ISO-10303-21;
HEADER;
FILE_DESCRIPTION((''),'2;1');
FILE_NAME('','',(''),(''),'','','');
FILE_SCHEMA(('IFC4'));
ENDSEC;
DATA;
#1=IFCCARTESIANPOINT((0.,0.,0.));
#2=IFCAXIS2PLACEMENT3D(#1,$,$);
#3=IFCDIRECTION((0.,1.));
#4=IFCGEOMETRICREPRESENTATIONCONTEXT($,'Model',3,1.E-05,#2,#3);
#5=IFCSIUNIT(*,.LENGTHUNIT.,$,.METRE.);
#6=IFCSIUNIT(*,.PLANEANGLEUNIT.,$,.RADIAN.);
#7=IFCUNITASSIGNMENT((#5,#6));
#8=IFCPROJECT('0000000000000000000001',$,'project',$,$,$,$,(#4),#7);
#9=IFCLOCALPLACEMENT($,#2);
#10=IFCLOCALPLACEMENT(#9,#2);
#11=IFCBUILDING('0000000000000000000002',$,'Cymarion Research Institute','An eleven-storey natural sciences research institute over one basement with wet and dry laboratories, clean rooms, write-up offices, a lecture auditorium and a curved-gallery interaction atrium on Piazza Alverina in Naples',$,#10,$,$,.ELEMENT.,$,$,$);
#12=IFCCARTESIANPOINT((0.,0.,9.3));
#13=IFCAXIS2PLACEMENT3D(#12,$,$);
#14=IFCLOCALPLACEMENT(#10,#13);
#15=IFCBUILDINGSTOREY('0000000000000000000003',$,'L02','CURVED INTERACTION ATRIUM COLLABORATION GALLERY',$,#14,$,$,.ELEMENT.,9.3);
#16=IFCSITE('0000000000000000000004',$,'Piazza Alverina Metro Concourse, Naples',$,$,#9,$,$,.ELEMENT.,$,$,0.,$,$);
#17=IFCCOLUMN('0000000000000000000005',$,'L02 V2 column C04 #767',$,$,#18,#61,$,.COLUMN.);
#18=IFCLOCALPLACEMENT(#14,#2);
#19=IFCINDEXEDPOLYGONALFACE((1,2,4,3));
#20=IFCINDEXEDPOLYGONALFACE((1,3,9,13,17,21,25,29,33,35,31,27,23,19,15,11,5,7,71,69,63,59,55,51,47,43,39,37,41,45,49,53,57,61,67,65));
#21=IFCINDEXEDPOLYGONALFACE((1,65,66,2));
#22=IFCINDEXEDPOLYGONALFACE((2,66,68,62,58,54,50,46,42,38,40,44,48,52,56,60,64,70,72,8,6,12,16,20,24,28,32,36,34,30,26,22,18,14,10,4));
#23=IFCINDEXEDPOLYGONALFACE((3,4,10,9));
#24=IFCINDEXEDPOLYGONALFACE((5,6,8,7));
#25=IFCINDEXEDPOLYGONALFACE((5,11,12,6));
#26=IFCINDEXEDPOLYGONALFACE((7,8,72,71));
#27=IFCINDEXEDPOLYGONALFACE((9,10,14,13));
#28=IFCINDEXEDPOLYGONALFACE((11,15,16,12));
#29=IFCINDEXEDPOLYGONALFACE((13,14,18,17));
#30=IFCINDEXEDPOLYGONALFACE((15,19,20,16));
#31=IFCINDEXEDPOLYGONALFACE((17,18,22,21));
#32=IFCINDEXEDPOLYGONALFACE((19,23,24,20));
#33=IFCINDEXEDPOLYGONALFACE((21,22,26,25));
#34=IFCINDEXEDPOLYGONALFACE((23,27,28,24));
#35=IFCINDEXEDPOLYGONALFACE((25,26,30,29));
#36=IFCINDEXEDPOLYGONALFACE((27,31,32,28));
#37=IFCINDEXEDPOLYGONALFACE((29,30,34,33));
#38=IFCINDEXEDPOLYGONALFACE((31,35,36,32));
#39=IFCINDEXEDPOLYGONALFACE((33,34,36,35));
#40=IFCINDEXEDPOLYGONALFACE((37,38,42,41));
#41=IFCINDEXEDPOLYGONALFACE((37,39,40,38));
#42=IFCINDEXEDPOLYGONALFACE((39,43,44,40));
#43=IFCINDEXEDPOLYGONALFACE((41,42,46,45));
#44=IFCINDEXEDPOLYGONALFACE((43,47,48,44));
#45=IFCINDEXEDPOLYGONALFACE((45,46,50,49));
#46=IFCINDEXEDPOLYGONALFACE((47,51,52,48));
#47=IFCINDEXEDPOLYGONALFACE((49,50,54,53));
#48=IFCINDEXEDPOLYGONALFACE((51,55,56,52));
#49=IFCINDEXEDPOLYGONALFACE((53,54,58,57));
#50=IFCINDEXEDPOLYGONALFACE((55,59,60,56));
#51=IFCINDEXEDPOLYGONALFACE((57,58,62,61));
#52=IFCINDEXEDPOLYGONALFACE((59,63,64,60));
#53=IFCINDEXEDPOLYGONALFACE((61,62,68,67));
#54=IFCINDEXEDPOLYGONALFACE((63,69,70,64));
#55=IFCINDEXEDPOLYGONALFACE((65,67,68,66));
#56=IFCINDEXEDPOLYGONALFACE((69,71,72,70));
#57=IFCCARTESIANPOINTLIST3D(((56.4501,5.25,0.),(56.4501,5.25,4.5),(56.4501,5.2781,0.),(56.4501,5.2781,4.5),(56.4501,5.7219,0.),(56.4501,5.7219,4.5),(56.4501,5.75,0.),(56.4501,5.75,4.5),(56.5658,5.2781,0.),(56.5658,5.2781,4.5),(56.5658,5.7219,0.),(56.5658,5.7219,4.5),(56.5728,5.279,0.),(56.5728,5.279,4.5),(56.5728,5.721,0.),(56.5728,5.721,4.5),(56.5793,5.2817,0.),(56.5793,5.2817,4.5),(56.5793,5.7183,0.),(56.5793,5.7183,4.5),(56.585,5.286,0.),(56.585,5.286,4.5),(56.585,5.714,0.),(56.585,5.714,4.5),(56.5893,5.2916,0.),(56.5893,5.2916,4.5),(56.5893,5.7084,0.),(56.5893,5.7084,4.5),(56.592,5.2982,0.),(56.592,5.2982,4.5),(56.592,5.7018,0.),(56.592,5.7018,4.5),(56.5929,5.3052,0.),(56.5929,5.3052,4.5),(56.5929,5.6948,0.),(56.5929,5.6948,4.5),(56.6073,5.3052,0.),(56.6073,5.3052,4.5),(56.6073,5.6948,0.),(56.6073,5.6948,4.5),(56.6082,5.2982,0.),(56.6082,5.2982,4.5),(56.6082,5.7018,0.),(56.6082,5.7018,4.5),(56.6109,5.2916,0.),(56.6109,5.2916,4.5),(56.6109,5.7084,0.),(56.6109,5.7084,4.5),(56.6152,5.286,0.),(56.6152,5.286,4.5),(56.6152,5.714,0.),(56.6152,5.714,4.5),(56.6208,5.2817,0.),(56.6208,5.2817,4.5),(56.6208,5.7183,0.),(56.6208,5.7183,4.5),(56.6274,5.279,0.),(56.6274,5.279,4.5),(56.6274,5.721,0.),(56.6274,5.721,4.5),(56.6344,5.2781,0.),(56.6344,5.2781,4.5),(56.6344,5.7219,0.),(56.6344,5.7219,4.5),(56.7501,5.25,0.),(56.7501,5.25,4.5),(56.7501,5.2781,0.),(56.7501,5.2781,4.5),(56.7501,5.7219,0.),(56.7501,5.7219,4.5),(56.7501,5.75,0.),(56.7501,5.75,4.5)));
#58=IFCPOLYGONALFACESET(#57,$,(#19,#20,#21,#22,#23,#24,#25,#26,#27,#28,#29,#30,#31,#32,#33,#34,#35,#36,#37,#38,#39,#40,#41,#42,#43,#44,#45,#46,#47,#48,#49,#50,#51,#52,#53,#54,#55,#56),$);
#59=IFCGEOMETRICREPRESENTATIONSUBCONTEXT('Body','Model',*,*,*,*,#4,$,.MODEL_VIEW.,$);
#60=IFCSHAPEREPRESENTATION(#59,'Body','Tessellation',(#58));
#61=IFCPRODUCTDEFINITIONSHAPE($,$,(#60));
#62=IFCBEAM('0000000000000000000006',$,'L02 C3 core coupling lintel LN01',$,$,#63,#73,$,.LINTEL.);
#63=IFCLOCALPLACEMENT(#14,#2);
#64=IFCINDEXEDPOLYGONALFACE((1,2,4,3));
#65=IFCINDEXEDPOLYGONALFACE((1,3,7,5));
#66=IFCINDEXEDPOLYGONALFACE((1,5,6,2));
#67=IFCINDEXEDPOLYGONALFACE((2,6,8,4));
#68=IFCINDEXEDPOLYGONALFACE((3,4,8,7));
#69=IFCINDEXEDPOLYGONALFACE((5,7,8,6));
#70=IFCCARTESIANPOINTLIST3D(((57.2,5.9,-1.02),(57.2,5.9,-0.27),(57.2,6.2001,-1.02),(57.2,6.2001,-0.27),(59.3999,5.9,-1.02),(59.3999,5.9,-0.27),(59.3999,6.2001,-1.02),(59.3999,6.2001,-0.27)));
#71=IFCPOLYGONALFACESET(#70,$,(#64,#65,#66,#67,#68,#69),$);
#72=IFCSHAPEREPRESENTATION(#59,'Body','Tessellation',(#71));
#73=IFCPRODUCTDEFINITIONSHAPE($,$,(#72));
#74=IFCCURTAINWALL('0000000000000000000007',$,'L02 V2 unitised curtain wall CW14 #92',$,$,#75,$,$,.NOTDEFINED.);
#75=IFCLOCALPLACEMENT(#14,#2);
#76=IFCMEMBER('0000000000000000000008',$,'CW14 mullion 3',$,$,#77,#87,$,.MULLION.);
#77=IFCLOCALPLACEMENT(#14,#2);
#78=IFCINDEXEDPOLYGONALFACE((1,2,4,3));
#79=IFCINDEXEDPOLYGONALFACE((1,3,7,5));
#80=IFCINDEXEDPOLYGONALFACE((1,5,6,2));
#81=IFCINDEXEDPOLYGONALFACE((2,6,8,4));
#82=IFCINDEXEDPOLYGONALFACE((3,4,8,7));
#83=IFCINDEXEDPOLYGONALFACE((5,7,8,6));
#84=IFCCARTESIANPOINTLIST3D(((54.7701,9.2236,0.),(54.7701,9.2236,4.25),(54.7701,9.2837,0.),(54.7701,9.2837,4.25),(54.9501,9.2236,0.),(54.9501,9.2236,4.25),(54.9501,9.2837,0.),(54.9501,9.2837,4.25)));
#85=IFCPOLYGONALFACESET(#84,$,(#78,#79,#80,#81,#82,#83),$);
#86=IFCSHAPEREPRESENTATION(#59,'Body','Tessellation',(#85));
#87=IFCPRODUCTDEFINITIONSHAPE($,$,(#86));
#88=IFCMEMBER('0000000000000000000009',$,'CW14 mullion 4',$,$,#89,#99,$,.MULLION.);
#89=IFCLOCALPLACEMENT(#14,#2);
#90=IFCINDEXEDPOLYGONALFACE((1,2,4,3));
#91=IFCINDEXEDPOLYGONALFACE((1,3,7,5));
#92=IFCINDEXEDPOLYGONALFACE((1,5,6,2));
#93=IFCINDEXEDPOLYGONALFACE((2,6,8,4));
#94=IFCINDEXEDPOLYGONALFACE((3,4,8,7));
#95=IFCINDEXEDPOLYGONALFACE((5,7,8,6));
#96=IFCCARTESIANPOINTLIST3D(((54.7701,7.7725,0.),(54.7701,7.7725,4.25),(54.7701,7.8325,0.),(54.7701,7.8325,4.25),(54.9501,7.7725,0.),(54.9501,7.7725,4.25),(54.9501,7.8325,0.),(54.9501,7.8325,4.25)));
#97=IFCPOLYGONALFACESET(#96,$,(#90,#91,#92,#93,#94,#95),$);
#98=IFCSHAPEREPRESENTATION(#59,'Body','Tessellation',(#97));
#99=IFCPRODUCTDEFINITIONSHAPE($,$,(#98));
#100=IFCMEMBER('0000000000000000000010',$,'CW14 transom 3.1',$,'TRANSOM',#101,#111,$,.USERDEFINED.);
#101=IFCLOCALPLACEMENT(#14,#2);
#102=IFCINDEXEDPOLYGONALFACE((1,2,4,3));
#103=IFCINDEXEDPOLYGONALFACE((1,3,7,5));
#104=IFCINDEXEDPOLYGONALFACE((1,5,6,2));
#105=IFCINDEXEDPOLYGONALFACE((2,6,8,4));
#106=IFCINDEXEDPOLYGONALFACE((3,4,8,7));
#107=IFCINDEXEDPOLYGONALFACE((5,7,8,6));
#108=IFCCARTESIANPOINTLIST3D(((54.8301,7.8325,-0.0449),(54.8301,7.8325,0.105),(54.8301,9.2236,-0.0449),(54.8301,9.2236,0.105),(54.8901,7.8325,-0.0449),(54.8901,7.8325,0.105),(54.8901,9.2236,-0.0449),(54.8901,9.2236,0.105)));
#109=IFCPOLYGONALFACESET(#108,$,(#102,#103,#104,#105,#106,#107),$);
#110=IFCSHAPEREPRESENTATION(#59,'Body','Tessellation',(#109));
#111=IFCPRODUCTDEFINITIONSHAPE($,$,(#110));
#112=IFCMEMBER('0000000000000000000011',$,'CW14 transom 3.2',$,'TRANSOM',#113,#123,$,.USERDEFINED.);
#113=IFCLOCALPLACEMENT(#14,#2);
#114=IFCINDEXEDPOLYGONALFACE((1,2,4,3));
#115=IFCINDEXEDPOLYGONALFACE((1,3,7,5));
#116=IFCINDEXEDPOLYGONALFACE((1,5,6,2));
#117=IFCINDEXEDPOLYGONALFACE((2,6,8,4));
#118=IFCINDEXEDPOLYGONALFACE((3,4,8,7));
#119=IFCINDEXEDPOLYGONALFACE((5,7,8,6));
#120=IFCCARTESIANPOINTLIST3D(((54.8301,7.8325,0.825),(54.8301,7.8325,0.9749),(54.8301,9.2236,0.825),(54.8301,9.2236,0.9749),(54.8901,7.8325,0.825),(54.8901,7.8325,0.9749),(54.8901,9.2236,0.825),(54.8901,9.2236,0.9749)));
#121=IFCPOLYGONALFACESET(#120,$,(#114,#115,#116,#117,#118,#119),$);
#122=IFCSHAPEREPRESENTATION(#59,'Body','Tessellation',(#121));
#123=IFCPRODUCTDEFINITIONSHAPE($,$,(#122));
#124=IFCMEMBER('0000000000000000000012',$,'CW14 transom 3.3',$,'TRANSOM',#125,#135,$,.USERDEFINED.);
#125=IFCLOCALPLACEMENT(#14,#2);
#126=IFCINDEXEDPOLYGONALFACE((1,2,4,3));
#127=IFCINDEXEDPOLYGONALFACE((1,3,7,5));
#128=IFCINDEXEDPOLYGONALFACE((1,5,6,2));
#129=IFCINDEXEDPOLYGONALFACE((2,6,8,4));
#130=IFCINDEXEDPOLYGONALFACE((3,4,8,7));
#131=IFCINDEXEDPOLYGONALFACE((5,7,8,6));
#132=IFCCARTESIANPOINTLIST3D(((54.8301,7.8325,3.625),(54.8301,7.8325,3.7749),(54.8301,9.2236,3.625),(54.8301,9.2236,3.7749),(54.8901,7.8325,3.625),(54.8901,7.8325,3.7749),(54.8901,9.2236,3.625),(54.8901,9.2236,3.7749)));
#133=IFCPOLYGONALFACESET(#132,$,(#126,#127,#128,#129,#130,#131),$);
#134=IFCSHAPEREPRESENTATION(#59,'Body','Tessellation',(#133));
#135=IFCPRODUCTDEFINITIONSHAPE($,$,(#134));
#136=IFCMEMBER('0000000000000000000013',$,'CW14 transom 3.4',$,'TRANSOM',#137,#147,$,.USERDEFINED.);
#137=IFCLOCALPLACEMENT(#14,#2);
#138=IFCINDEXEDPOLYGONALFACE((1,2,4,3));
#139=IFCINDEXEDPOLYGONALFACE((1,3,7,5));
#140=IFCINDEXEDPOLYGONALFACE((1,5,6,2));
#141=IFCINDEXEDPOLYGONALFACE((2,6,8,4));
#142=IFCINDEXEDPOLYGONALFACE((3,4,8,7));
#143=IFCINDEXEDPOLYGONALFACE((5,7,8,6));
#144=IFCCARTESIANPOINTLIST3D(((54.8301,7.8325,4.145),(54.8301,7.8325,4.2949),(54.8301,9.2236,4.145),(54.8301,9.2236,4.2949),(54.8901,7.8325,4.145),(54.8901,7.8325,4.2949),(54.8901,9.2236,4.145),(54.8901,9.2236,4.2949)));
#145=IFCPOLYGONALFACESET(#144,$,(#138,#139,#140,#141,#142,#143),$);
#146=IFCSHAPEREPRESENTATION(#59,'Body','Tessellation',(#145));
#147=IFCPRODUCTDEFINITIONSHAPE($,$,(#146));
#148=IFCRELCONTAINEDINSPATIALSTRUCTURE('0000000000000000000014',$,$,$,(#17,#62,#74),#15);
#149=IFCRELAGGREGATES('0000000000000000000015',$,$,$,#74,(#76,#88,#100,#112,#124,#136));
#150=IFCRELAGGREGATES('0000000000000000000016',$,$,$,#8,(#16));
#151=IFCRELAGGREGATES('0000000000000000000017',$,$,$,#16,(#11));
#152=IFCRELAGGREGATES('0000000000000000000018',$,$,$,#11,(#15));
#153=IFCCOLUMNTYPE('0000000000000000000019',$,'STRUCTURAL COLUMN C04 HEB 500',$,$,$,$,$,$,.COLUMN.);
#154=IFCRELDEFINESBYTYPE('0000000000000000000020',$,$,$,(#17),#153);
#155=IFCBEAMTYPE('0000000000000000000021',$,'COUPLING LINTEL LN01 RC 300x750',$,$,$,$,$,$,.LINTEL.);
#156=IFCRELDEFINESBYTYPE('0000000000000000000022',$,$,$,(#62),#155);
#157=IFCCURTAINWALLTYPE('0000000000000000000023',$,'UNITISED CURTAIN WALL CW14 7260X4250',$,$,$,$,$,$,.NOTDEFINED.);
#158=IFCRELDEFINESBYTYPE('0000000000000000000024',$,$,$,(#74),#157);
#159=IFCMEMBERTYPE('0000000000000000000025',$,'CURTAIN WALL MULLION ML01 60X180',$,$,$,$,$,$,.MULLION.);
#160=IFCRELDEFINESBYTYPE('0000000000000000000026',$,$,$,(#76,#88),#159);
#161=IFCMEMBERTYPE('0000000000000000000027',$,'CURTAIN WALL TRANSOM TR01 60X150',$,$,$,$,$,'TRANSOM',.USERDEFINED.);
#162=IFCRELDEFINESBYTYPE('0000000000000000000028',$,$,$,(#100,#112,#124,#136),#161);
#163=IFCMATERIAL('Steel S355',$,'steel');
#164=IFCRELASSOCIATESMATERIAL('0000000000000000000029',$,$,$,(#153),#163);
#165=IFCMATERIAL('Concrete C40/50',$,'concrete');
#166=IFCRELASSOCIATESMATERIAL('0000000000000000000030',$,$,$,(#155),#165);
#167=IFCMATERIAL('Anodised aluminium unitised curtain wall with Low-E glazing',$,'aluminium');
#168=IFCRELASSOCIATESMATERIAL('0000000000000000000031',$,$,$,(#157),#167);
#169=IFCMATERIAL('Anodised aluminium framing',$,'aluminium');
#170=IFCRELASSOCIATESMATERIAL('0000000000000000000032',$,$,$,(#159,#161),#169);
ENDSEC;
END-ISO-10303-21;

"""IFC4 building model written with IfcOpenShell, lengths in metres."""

from ifc_helpers import new_model, si_unit, direction, frame, origin, origin_2d, place, context, subcontext, project, spatial, rectangle, i_section, extrude, material, material_profile, profile_set, type_object, element, aggregate, save


model = new_model("IFC4")

# Units and contexts
model_context = context("Model", 3, precision=1e-05, world=origin(), true_north=direction((0.0, 1.0)))
body_context = subcontext(model_context, "Body", "Model", "MODEL_VIEW")
ifc_project = project(units=[si_unit("LENGTHUNIT", "METRE"), si_unit("PLANEANGLEUNIT", "RADIAN")], contexts=[model_context])

# Site, building, storey
site_placement = place(None, origin())
site = spatial("IfcSite", under=ifc_project, at=site_placement, Name="Piazza Alverina Metro Concourse, Naples", CompositionType="ELEMENT", RefElevation=0.0)
building_placement = place(site_placement, origin())
building = spatial("IfcBuilding", under=site, at=building_placement, Name="Cymarion Research Institute", Description="An eleven-storey natural sciences research institute over one basement with wet and dry laboratories, clean rooms, write-up offices, a lecture auditorium and a curved-gallery interaction atrium on Piazza Alverina in Naples", CompositionType="ELEMENT")
storey_placement = place(building_placement, frame((0.0, 0.0, 9.3)))
storey = spatial("IfcBuildingStorey", under=building, at=storey_placement, Name="L02", Description="CURVED INTERACTION ATRIUM COLLABORATION GALLERY", CompositionType="ELEMENT", Elevation=9.3)

# Column
ifc_material_1 = material(Name="Steel S355", Category="steel")
ifc_material_profile_1 = material_profile(ifc_material_1, i_section(OverallWidth=0.3, OverallDepth=0.5, WebThickness=0.0144, FlangeThickness=0.0281, FilletRadius=0.0271, at=origin_2d()), Name="HEB 500")
ifc_profile_set_1 = profile_set([ifc_material_profile_1], Name="Steel S355")
column_type = type_object("IfcColumnType", Name="STRUCTURAL COLUMN C04 HEB 500", PredefinedType="COLUMN", material=ifc_profile_set_1)
column_placement = place(storey_placement, frame((56.6001, 5.5, 0.0), z_axis=(0.0, 0.0, 1.0), x_axis=(1.0, 0.0, 0.0)))
element("IfcColumn", 1, at=column_placement, inside=storey, type_object=column_type, Name="L02 V2 column C04 #767", PredefinedType="COLUMN", context=body_context, shape_type="SweptSolid", body=[
    extrude(i_section(OverallWidth=0.3, OverallDepth=0.5, WebThickness=0.0144, FlangeThickness=0.0281, FilletRadius=0.0271, at=origin_2d()), origin(), (0.0, 0.0, 1.0), 4.5),
])

# Beam
ifc_material_2 = material(Name="Concrete C40/50", Category="concrete")
ifc_material_profile_2 = material_profile(ifc_material_2, rectangle(XDim=0.3, YDim=0.75, at=origin_2d()), Name="RC 300x750")
ifc_profile_set_2 = profile_set([ifc_material_profile_2], Name="Concrete C40/50")
beam_type_1 = type_object("IfcBeamType", Name="COUPLING LINTEL LN01 RC 300x750", PredefinedType="LINTEL", material=ifc_profile_set_2)
beam_1_placement = place(storey_placement, frame((57.2, 6.05, -0.645), z_axis=(1.0, 0.0, 0.0), x_axis=(0.0, 1.0, 0.0)))
element("IfcBeam", 2, at=beam_1_placement, inside=storey, type_object=beam_type_1, Name="L02 C3 core coupling lintel LN01", PredefinedType="LINTEL", context=body_context, shape_type="SweptSolid", body=[
    extrude(rectangle(XDim=0.3, YDim=0.75, at=origin_2d()), origin(), (0.0, 0.0, 1.0), 2.2),
])

# Curtain wall, members
ifc_material_3 = material(Name="Anodised aluminium unitised curtain wall with Low-E glazing", Category="aluminium")
curtain_wall_type = type_object("IfcCurtainWallType", Name="UNITISED CURTAIN WALL CW14 7260X4250", PredefinedType="NOTDEFINED", material=ifc_material_3)
curtain_wall_placement = place(storey_placement, origin())
curtain_wall = element("IfcCurtainWall", 3, at=curtain_wall_placement, inside=storey, type_object=curtain_wall_type, Name="L02 V2 unitised curtain wall CW14 #92", PredefinedType="NOTDEFINED")
ifc_material_4 = material(Name="Anodised aluminium framing", Category="aluminium")
ifc_material_profile_3 = material_profile(ifc_material_4, rectangle(XDim=0.0601, YDim=0.1799, at=origin_2d()), Name="ALU MULLION 60x180")
ifc_profile_set_3 = profile_set([ifc_material_profile_3], Name="Anodised aluminium framing")
member_type_1 = type_object("IfcMemberType", Name="CURTAIN WALL MULLION ML01 60X180", PredefinedType="MULLION", material=ifc_profile_set_3)
member_1_placement = place(storey_placement, frame((54.8601, 9.2537, 0.0), z_axis=(0.0, 0.0, 1.0), x_axis=(0.0, -1.0, 0.0)))
member_1 = element("IfcMember", 4, at=member_1_placement, type_object=member_type_1, Name="CW14 mullion 3", PredefinedType="MULLION", context=body_context, shape_type="SweptSolid", body=[
    extrude(rectangle(XDim=0.0601, YDim=0.1799, at=origin_2d()), origin(), (0.0, 0.0, 1.0), 4.25),
])
member_2_placement = place(storey_placement, frame((54.8601, 7.8025, 0.0), z_axis=(0.0, 0.0, 1.0), x_axis=(0.0, -1.0, 0.0)))
member_2 = element("IfcMember", 5, at=member_2_placement, type_object=member_type_1, Name="CW14 mullion 4", PredefinedType="MULLION", context=body_context, shape_type="SweptSolid", body=[
    extrude(rectangle(XDim=0.0601, YDim=0.1799, at=origin_2d()), origin(), (0.0, 0.0, 1.0), 4.25),
])
ifc_material_profile_4 = material_profile(ifc_material_4, rectangle(XDim=0.0601, YDim=0.1499, at=origin_2d()), Name="ALU TRANSOM 60x150")
ifc_profile_set_4 = profile_set([ifc_material_profile_4], Name="Anodised aluminium framing")
member_type_2 = type_object("IfcMemberType", Name="CURTAIN WALL TRANSOM TR01 60X150", ElementType="TRANSOM", PredefinedType="USERDEFINED", material=ifc_profile_set_4)
member_3_placement = place(storey_placement, frame((54.8601, 9.2236, 0.03), z_axis=(0.0, -1.0, 0.0), x_axis=(1.0, 0.0, 0.0)))
member_3 = element("IfcMember", 6, at=member_3_placement, type_object=member_type_2, Name="CW14 transom 3.1", ObjectType="TRANSOM", PredefinedType="USERDEFINED", context=body_context, shape_type="SweptSolid", body=[
    extrude(rectangle(XDim=0.0601, YDim=0.1499, at=origin_2d()), origin(), (0.0, 0.0, 1.0), 1.3911),
])
member_4_placement = place(storey_placement, frame((54.8601, 9.2236, 0.8999), z_axis=(0.0, -1.0, 0.0), x_axis=(1.0, 0.0, 0.0)))
member_4 = element("IfcMember", 7, at=member_4_placement, type_object=member_type_2, Name="CW14 transom 3.2", ObjectType="TRANSOM", PredefinedType="USERDEFINED", context=body_context, shape_type="SweptSolid", body=[
    extrude(rectangle(XDim=0.0601, YDim=0.1499, at=origin_2d()), origin(), (0.0, 0.0, 1.0), 1.3911),
])
member_5_placement = place(storey_placement, frame((54.8601, 9.2236, 3.7), z_axis=(0.0, -1.0, 0.0), x_axis=(1.0, 0.0, 0.0)))
member_5 = element("IfcMember", 8, at=member_5_placement, type_object=member_type_2, Name="CW14 transom 3.3", ObjectType="TRANSOM", PredefinedType="USERDEFINED", context=body_context, shape_type="SweptSolid", body=[
    extrude(rectangle(XDim=0.0601, YDim=0.1499, at=origin_2d()), origin(), (0.0, 0.0, 1.0), 1.3911),
])
member_6_placement = place(storey_placement, frame((54.8601, 9.2236, 4.22), z_axis=(0.0, -1.0, 0.0), x_axis=(1.0, 0.0, 0.0)))
member_6 = element("IfcMember", 9, at=member_6_placement, type_object=member_type_2, Name="CW14 transom 3.4", ObjectType="TRANSOM", PredefinedType="USERDEFINED", context=body_context, shape_type="SweptSolid", body=[
    extrude(rectangle(XDim=0.0601, YDim=0.1499, at=origin_2d()), origin(), (0.0, 0.0, 1.0), 1.3911),
])

aggregate(curtain_wall, [member_1, member_2, member_3, member_4, member_5, member_6])

save(model, "model.ifc")
